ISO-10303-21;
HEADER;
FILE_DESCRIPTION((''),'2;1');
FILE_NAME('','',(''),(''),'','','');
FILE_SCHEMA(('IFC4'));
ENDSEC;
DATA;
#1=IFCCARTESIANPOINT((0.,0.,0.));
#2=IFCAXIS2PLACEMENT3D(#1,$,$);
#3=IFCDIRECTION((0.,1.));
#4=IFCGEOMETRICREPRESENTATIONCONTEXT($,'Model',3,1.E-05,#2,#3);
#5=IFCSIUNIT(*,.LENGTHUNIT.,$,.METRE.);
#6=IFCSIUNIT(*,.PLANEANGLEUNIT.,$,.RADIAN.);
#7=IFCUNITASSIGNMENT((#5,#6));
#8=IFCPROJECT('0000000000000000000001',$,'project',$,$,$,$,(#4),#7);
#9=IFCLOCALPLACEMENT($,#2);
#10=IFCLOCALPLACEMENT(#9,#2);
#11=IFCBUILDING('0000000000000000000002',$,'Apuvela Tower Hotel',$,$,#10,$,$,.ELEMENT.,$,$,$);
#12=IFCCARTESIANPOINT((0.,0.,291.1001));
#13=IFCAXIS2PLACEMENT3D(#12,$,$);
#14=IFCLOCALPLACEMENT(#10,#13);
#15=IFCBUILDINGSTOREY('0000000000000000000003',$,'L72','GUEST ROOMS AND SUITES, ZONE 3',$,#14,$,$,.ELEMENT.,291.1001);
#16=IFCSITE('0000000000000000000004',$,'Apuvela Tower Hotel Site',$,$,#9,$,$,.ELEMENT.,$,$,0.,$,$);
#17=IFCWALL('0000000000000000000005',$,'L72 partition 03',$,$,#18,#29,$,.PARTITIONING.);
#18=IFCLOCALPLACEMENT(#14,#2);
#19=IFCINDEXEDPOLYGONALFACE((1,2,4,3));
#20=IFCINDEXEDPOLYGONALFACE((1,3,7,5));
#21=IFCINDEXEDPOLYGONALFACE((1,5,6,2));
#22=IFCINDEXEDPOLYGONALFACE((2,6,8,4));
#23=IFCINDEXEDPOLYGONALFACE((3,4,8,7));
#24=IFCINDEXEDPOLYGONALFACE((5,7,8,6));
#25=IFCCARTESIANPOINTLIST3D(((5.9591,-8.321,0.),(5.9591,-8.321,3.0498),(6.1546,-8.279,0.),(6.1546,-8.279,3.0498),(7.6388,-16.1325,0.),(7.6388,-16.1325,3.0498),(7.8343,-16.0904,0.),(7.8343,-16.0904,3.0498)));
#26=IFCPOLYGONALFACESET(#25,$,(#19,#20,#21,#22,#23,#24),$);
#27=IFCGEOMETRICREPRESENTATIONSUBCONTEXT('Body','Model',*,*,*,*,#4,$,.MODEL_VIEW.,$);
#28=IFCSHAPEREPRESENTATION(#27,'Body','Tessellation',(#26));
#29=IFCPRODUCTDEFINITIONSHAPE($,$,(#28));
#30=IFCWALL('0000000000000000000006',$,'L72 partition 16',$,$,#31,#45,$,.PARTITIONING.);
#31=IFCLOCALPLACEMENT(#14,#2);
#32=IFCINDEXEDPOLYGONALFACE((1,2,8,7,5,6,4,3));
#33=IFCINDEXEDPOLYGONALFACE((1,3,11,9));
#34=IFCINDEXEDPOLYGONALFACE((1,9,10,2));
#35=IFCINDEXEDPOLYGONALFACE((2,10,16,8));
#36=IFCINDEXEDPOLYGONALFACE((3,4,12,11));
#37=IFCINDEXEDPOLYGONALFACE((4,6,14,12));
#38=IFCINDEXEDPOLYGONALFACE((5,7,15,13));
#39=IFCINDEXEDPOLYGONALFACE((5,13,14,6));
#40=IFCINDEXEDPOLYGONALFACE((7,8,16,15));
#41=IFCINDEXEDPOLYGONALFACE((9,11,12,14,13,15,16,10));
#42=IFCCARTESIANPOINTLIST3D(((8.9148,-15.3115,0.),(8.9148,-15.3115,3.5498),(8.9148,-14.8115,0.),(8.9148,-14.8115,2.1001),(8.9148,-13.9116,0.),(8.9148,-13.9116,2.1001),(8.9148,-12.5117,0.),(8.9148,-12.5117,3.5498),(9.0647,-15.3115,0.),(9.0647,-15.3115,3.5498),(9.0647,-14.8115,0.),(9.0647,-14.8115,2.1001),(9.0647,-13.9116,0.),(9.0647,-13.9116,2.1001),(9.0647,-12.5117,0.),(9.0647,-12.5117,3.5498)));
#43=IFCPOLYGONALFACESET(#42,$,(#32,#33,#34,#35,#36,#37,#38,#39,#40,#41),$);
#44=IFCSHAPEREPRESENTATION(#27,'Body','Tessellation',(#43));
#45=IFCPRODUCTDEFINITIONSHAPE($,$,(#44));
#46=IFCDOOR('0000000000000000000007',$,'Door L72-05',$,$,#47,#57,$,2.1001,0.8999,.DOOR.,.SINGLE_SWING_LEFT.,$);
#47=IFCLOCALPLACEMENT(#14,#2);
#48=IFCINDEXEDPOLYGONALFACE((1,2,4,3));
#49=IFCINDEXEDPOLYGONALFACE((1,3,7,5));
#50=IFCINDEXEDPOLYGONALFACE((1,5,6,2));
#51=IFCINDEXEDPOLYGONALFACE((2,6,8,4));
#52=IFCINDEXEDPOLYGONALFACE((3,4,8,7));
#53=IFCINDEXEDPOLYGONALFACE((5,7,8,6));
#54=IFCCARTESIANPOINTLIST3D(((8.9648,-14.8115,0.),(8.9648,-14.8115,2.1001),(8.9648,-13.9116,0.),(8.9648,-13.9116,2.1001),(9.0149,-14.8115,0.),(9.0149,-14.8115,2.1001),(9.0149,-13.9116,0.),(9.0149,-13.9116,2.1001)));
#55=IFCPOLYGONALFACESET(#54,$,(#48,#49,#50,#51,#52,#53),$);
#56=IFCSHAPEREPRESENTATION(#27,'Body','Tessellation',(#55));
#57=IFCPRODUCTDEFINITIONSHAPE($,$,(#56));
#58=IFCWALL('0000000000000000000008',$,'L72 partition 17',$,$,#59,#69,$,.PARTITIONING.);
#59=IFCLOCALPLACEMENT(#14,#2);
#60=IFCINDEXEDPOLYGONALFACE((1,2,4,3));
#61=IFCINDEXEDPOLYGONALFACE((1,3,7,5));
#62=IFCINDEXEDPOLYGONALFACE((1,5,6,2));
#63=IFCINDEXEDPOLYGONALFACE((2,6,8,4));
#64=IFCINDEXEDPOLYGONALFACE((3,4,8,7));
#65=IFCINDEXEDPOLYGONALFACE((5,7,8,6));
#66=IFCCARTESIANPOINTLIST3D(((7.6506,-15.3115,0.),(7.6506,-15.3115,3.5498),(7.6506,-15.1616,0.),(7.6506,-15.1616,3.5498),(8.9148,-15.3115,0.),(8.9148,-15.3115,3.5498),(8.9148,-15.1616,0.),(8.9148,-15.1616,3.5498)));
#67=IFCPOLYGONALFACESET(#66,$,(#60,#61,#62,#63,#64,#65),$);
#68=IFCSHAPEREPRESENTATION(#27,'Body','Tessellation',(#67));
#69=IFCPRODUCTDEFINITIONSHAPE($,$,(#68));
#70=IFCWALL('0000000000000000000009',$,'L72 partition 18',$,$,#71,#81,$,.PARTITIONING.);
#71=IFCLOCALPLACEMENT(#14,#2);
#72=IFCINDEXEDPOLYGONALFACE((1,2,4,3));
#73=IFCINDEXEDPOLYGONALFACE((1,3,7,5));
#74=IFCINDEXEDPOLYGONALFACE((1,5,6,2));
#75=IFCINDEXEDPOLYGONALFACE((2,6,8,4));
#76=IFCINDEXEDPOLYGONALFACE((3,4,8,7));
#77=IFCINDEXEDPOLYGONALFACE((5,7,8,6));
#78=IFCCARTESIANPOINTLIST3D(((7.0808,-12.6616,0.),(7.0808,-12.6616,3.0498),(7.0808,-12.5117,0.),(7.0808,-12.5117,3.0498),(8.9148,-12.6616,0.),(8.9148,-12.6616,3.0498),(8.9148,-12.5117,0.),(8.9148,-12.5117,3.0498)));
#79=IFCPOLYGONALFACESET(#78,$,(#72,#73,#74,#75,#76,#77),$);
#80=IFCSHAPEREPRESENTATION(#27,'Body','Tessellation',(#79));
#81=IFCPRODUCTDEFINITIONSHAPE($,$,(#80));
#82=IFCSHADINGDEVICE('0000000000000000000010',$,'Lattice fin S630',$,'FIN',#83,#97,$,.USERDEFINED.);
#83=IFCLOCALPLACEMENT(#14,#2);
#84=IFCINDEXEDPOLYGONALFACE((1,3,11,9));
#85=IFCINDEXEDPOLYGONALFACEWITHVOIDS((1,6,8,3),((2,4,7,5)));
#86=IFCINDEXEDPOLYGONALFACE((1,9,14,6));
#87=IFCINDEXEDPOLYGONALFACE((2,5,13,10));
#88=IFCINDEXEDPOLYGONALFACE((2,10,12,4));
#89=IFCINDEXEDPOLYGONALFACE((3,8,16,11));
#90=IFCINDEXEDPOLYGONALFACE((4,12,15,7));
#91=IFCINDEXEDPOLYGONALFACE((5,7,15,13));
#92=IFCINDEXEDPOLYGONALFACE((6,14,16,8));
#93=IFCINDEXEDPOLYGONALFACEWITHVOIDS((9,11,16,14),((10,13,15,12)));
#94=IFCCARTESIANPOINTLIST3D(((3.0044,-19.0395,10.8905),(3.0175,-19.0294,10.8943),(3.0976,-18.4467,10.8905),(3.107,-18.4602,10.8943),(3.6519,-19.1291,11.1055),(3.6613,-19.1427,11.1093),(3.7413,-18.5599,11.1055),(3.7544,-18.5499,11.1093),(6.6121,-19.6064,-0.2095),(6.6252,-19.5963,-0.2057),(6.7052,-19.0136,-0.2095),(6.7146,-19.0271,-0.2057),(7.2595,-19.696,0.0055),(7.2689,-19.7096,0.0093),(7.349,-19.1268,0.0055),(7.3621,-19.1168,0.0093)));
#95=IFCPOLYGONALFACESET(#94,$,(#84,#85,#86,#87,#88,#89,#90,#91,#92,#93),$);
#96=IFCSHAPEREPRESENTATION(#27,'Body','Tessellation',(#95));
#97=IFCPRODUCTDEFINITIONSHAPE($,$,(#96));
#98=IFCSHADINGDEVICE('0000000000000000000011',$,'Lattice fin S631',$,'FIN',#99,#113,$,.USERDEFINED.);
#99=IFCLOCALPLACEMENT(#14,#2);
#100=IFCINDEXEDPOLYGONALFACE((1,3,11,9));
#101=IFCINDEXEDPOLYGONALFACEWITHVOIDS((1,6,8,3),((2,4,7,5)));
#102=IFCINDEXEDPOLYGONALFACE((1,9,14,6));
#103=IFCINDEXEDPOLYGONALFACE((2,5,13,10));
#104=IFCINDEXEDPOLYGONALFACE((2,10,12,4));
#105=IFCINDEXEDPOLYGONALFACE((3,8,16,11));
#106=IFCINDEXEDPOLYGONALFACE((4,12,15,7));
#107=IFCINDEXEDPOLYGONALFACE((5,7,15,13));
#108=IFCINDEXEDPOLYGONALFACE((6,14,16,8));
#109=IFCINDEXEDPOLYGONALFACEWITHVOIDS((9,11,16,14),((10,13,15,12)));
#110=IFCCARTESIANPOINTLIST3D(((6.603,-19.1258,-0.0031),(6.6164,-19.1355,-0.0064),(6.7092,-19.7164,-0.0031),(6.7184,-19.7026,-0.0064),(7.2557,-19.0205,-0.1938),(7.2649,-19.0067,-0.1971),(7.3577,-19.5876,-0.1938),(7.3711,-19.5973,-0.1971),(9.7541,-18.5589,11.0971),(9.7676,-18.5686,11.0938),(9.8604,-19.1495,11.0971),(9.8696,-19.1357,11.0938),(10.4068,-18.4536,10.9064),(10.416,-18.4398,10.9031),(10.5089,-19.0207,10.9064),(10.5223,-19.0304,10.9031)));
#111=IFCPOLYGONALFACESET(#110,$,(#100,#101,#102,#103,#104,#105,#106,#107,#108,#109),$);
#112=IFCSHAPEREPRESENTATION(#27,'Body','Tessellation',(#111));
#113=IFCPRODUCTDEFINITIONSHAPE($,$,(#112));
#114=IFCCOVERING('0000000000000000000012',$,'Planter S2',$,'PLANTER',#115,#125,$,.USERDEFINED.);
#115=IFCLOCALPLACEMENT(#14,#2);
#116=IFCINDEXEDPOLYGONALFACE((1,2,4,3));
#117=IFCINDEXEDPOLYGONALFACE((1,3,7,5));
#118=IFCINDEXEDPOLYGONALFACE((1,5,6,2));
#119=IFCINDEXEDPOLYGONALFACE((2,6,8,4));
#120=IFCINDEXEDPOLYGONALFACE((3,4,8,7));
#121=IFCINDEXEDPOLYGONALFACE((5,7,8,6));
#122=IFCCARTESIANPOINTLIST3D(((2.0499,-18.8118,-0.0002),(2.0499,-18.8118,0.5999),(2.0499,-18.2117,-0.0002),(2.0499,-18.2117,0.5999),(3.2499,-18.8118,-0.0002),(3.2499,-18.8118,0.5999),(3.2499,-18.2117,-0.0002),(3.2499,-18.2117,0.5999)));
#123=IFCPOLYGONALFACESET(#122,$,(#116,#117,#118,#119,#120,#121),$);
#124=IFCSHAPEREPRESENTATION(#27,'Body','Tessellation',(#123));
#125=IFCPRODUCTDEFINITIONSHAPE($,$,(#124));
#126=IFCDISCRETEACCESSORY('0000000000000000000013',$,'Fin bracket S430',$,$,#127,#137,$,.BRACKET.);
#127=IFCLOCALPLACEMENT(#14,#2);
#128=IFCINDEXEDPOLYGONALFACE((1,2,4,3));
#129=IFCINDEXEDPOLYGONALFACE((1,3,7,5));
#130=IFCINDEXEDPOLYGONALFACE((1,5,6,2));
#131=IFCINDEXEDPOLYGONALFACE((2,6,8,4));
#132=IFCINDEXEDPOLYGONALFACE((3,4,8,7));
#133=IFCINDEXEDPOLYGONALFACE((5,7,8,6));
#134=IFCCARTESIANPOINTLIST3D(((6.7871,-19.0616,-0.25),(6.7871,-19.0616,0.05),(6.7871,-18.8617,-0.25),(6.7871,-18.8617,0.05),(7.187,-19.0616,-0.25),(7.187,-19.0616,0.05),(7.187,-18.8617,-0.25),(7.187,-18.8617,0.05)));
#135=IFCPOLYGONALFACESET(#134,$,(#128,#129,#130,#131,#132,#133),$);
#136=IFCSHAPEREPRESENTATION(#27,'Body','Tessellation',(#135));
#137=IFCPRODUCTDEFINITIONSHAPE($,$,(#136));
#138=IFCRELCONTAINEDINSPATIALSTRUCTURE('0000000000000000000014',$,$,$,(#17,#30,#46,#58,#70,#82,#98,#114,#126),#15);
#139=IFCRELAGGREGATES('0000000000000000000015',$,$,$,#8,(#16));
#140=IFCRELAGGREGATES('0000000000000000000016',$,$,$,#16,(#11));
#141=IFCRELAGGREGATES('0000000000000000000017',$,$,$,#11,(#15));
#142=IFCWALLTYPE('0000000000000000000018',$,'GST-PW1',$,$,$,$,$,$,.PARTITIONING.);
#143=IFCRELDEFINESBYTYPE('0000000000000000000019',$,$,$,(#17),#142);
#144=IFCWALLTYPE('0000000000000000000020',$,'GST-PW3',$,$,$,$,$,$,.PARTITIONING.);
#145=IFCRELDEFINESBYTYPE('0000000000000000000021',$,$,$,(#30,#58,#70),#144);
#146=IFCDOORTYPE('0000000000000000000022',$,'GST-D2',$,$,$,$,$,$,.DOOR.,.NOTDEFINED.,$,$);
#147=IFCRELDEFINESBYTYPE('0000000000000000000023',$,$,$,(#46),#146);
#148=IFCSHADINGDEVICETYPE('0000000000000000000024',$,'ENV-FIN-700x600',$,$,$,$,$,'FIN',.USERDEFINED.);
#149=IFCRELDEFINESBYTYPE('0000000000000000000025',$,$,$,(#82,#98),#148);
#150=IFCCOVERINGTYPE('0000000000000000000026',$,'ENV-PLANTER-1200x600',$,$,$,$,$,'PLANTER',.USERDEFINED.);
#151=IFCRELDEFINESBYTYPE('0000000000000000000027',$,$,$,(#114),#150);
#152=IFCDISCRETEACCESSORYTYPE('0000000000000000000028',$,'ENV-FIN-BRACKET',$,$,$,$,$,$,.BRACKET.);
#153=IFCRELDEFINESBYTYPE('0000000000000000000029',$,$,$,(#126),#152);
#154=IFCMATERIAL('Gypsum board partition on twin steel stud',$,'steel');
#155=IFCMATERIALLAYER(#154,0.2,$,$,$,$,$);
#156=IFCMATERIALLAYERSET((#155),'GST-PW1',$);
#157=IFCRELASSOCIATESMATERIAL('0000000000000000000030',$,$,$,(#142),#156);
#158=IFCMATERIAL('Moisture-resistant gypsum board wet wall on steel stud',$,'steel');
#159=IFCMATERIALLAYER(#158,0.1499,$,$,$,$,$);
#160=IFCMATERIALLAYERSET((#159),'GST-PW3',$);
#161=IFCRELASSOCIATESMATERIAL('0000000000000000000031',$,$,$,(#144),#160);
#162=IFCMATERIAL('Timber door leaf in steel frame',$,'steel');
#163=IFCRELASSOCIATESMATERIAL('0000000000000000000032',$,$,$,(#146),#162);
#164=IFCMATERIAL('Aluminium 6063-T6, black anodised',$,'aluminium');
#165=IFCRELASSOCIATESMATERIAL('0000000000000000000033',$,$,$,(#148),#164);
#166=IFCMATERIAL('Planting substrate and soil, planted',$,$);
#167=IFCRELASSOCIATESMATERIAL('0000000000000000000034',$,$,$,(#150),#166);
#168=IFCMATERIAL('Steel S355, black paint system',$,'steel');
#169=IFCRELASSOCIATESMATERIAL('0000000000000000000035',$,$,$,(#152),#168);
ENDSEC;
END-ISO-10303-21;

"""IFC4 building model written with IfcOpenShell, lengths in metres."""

from ifc_helpers import new_model, si_unit, direction, frame, frame_2d, origin, origin_2d, place, context, subcontext, project, spatial, rectangle, hollow_rectangle, extrude, material, layer, layer_set, material_profile, profile_set, type_object, element, fill, save


model = new_model("IFC4")

# Units and contexts
model_context = context("Model", 3, precision=1e-05, world=origin(), true_north=direction((0.0, 1.0)))
body_context = subcontext(model_context, "Body", "Model", "MODEL_VIEW")
ifc_project = project(units=[si_unit("LENGTHUNIT", "METRE"), si_unit("PLANEANGLEUNIT", "RADIAN")], contexts=[model_context])

# Site, building, storey
site_placement = place(None, origin())
site = spatial("IfcSite", under=ifc_project, at=site_placement, Name="Apuvela Tower Hotel Site", CompositionType="ELEMENT", RefElevation=0.0)
building_placement = place(site_placement, origin())
building = spatial("IfcBuilding", under=site, at=building_placement, Name="Apuvela Tower Hotel", CompositionType="ELEMENT")
storey_placement = place(building_placement, frame((0.0, 0.0, 291.1001)))
storey = spatial("IfcBuildingStorey", under=building, at=storey_placement, Name="L72", Description="GUEST ROOMS AND SUITES, ZONE 3", CompositionType="ELEMENT", Elevation=291.1001)

# Wall
ifc_material_1 = material(Name="Gypsum board partition on twin steel stud", Category="steel")
ifc_layer_1 = layer(ifc_material_1, 0.2)
ifc_layer_set_1 = layer_set([ifc_layer_1], Name="GST-PW1")
wall_type_1 = type_object("IfcWallType", Name="GST-PW1", PredefinedType="PARTITIONING", material=ifc_layer_set_1)
wall_1_placement = place(storey_placement, frame((7.7366, -16.1116, 0.0), z_axis=(0.0, 0.0, 1.0), x_axis=(-0.210222, 0.977654, 0.0)))
element("IfcWall", 1, at=wall_1_placement, inside=storey, type_object=wall_type_1, Name="L72 partition 03", PredefinedType="PARTITIONING", context=body_context, shape_type="SweptSolid", body=[
    extrude(rectangle(XDim=7.99, YDim=0.2, at=frame_2d((3.9951, 0.0))), origin(), (0.0, 0.0, 1.0), 3.0498),
])

# Wall, opening, door
ifc_material_2 = material(Name="Moisture-resistant gypsum board wet wall on steel stud", Category="steel")
ifc_layer_2 = layer(ifc_material_2, 0.1499)
ifc_layer_set_2 = layer_set([ifc_layer_2], Name="GST-PW3")
wall_type_2 = type_object("IfcWallType", Name="GST-PW3", PredefinedType="PARTITIONING", material=ifc_layer_set_2)
wall_2_placement = place(storey_placement, frame((8.9897, -15.3115, 0.0), z_axis=(0.0, 0.0, 1.0), x_axis=(0.0, 1.0, 0.0)))
wall_2 = element("IfcWall", 2, at=wall_2_placement, inside=storey, type_object=wall_type_2, Name="L72 partition 16", PredefinedType="PARTITIONING", context=body_context, shape_type="SweptSolid", body=[
    extrude(rectangle(XDim=2.7998, YDim=0.1499, at=frame_2d((1.3999, 0.0))), origin(), (0.0, 0.0, 1.0), 3.5498),
])
opening_1_placement = place(wall_2_placement, frame((0.5, 0.0, 0.0)))
opening_1 = element("IfcOpeningElement", 3, at=opening_1_placement, cuts=wall_2, PredefinedType="OPENING", context=body_context, shape_type="SweptSolid", body=[
    extrude(rectangle(XDim=0.8999, YDim=2.1001, at=frame_2d((0.45, 1.05))), frame((0.0, 0.085, 0.0), z_axis=(0.0, -1.0, 0.0), x_axis=(1.0, 0.0, 0.0)), (0.0, 0.0, 1.0), 0.1699),
])
ifc_material_3 = material(Name="Timber door leaf in steel frame", Category="steel")
door_type_1 = type_object("IfcDoorType", Name="GST-D2", OperationType="NOTDEFINED", PredefinedType="DOOR", material=ifc_material_3)
door_1_placement = place(opening_1_placement, origin())
door_1 = element("IfcDoor", 4, at=door_1_placement, inside=storey, type_object=door_type_1, Name="Door L72-05", OperationType="SINGLE_SWING_LEFT", OverallHeight=2.1001, OverallWidth=0.8999, PredefinedType="DOOR", context=body_context, shape_type="SweptSolid", body=[
    extrude(rectangle(XDim=0.8999, YDim=2.1001, at=frame_2d((0.45, 1.05))), frame((0.0, 0.0249, 0.0), z_axis=(0.0, -1.0, 0.0), x_axis=(1.0, 0.0, 0.0)), (0.0, 0.0, 1.0), 0.05),
])
fill(opening_1, door_1)

# Walls
wall_3_placement = place(storey_placement, frame((7.6506, -15.2366, 0.0), z_axis=(0.0, 0.0, 1.0), x_axis=(1.0, 0.0, 0.0)))
element("IfcWall", 5, at=wall_3_placement, inside=storey, type_object=wall_type_2, Name="L72 partition 17", PredefinedType="PARTITIONING", context=body_context, shape_type="SweptSolid", body=[
    extrude(rectangle(XDim=1.2642, YDim=0.1499, at=frame_2d((0.6321, 0.0))), origin(), (0.0, 0.0, 1.0), 3.5498),
])
wall_4_placement = place(storey_placement, frame((7.0808, -12.5867, 0.0), z_axis=(0.0, 0.0, 1.0), x_axis=(1.0, 0.0, 0.0)))
element("IfcWall", 6, at=wall_4_placement, inside=storey, type_object=wall_type_2, Name="L72 partition 18", PredefinedType="PARTITIONING", context=body_context, shape_type="SweptSolid", body=[
    extrude(rectangle(XDim=1.834, YDim=0.1499, at=frame_2d((0.917, 0.0))), origin(), (0.0, 0.0, 1.0), 3.0498),
])

# Shading devices
ifc_material_4 = material(Name="Aluminium 6063-T6, black anodised", Category="aluminium")
ifc_material_profile_1 = material_profile(ifc_material_4, hollow_rectangle(XDim=0.6001, YDim=0.7, WallThickness=0.012, at=origin_2d()), Name="AL BOX 700x600x12")
ifc_profile_set_1 = profile_set([ifc_material_profile_1], Name="Aluminium 6063-T6, black anodised")
shading_device_type = type_object("IfcShadingDeviceType", Name="ENV-FIN-700x600", ElementType="FIN", PredefinedType="USERDEFINED", material=ifc_profile_set_1)
shading_device_1_placement = place(storey_placement, frame((6.9871, -19.3616, -0.1001), z_axis=(-0.308733, 0.048513, 0.949911), x_axis=(-0.155231, -0.987878, 0.0)))
element("IfcShadingDevice", 7, at=shading_device_1_placement, inside=storey, type_object=shading_device_type, Name="Lattice fin S630", ObjectType="FIN", PredefinedType="USERDEFINED", context=body_context, shape_type="SweptSolid", body=[
    extrude(hollow_rectangle(XDim=0.6001, YDim=0.7, WallThickness=0.012, at=origin_2d()), origin(), (0.0, 0.0, 1.0), 11.6853),
])
shading_device_2_placement = place(storey_placement, frame((6.9871, -19.3616, -0.1001), z_axis=(0.272763, 0.049071, 0.960829), x_axis=(-0.17706, 0.9842, 0.0)))
element("IfcShadingDevice", 8, at=shading_device_2_placement, inside=storey, type_object=shading_device_type, Name="Lattice fin S631", ObjectType="FIN", PredefinedType="USERDEFINED", context=body_context, shape_type="SweptSolid", body=[
    extrude(hollow_rectangle(XDim=0.6001, YDim=0.7, WallThickness=0.012, at=origin_2d()), origin(), (0.0, 0.0, 1.0), 11.5527),
])

# Covering
ifc_material_5 = material(Name="Planting substrate and soil, planted")
covering_type = type_object("IfcCoveringType", Name="ENV-PLANTER-1200x600", ElementType="PLANTER", PredefinedType="USERDEFINED", material=ifc_material_5)
covering_placement = place(storey_placement, frame((2.6499, -18.5117, -0.0002), z_axis=(0.0, 0.0, 1.0), x_axis=(1.0, 0.0, 0.0)))
element("IfcCovering", 9, at=covering_placement, inside=storey, type_object=covering_type, Name="Planter S2", ObjectType="PLANTER", PredefinedType="USERDEFINED", context=body_context, shape_type="SweptSolid", body=[
    extrude(rectangle(XDim=1.2, YDim=0.6001, at=origin_2d()), origin(), (0.0, 0.0, 1.0), 0.6001),
])

# Discrete accessory
ifc_material_6 = material(Name="Steel S355, black paint system", Category="steel")
discrete_accessory_type = type_object("IfcDiscreteAccessoryType", Name="ENV-FIN-BRACKET", PredefinedType="BRACKET", material=ifc_material_6)
discrete_accessory_placement = place(storey_placement, frame((6.9871, -18.9617, -0.25), z_axis=(0.0, 0.0, 1.0), x_axis=(1.0, 0.0, 0.0)))
element("IfcDiscreteAccessory", 10, at=discrete_accessory_placement, inside=storey, type_object=discrete_accessory_type, Name="Fin bracket S430", PredefinedType="BRACKET", context=body_context, shape_type="SweptSolid", body=[
    extrude(rectangle(XDim=0.3999, YDim=0.2, at=origin_2d()), origin(), (0.0, 0.0, 1.0), 0.3),
])

save(model, "model.ifc")
